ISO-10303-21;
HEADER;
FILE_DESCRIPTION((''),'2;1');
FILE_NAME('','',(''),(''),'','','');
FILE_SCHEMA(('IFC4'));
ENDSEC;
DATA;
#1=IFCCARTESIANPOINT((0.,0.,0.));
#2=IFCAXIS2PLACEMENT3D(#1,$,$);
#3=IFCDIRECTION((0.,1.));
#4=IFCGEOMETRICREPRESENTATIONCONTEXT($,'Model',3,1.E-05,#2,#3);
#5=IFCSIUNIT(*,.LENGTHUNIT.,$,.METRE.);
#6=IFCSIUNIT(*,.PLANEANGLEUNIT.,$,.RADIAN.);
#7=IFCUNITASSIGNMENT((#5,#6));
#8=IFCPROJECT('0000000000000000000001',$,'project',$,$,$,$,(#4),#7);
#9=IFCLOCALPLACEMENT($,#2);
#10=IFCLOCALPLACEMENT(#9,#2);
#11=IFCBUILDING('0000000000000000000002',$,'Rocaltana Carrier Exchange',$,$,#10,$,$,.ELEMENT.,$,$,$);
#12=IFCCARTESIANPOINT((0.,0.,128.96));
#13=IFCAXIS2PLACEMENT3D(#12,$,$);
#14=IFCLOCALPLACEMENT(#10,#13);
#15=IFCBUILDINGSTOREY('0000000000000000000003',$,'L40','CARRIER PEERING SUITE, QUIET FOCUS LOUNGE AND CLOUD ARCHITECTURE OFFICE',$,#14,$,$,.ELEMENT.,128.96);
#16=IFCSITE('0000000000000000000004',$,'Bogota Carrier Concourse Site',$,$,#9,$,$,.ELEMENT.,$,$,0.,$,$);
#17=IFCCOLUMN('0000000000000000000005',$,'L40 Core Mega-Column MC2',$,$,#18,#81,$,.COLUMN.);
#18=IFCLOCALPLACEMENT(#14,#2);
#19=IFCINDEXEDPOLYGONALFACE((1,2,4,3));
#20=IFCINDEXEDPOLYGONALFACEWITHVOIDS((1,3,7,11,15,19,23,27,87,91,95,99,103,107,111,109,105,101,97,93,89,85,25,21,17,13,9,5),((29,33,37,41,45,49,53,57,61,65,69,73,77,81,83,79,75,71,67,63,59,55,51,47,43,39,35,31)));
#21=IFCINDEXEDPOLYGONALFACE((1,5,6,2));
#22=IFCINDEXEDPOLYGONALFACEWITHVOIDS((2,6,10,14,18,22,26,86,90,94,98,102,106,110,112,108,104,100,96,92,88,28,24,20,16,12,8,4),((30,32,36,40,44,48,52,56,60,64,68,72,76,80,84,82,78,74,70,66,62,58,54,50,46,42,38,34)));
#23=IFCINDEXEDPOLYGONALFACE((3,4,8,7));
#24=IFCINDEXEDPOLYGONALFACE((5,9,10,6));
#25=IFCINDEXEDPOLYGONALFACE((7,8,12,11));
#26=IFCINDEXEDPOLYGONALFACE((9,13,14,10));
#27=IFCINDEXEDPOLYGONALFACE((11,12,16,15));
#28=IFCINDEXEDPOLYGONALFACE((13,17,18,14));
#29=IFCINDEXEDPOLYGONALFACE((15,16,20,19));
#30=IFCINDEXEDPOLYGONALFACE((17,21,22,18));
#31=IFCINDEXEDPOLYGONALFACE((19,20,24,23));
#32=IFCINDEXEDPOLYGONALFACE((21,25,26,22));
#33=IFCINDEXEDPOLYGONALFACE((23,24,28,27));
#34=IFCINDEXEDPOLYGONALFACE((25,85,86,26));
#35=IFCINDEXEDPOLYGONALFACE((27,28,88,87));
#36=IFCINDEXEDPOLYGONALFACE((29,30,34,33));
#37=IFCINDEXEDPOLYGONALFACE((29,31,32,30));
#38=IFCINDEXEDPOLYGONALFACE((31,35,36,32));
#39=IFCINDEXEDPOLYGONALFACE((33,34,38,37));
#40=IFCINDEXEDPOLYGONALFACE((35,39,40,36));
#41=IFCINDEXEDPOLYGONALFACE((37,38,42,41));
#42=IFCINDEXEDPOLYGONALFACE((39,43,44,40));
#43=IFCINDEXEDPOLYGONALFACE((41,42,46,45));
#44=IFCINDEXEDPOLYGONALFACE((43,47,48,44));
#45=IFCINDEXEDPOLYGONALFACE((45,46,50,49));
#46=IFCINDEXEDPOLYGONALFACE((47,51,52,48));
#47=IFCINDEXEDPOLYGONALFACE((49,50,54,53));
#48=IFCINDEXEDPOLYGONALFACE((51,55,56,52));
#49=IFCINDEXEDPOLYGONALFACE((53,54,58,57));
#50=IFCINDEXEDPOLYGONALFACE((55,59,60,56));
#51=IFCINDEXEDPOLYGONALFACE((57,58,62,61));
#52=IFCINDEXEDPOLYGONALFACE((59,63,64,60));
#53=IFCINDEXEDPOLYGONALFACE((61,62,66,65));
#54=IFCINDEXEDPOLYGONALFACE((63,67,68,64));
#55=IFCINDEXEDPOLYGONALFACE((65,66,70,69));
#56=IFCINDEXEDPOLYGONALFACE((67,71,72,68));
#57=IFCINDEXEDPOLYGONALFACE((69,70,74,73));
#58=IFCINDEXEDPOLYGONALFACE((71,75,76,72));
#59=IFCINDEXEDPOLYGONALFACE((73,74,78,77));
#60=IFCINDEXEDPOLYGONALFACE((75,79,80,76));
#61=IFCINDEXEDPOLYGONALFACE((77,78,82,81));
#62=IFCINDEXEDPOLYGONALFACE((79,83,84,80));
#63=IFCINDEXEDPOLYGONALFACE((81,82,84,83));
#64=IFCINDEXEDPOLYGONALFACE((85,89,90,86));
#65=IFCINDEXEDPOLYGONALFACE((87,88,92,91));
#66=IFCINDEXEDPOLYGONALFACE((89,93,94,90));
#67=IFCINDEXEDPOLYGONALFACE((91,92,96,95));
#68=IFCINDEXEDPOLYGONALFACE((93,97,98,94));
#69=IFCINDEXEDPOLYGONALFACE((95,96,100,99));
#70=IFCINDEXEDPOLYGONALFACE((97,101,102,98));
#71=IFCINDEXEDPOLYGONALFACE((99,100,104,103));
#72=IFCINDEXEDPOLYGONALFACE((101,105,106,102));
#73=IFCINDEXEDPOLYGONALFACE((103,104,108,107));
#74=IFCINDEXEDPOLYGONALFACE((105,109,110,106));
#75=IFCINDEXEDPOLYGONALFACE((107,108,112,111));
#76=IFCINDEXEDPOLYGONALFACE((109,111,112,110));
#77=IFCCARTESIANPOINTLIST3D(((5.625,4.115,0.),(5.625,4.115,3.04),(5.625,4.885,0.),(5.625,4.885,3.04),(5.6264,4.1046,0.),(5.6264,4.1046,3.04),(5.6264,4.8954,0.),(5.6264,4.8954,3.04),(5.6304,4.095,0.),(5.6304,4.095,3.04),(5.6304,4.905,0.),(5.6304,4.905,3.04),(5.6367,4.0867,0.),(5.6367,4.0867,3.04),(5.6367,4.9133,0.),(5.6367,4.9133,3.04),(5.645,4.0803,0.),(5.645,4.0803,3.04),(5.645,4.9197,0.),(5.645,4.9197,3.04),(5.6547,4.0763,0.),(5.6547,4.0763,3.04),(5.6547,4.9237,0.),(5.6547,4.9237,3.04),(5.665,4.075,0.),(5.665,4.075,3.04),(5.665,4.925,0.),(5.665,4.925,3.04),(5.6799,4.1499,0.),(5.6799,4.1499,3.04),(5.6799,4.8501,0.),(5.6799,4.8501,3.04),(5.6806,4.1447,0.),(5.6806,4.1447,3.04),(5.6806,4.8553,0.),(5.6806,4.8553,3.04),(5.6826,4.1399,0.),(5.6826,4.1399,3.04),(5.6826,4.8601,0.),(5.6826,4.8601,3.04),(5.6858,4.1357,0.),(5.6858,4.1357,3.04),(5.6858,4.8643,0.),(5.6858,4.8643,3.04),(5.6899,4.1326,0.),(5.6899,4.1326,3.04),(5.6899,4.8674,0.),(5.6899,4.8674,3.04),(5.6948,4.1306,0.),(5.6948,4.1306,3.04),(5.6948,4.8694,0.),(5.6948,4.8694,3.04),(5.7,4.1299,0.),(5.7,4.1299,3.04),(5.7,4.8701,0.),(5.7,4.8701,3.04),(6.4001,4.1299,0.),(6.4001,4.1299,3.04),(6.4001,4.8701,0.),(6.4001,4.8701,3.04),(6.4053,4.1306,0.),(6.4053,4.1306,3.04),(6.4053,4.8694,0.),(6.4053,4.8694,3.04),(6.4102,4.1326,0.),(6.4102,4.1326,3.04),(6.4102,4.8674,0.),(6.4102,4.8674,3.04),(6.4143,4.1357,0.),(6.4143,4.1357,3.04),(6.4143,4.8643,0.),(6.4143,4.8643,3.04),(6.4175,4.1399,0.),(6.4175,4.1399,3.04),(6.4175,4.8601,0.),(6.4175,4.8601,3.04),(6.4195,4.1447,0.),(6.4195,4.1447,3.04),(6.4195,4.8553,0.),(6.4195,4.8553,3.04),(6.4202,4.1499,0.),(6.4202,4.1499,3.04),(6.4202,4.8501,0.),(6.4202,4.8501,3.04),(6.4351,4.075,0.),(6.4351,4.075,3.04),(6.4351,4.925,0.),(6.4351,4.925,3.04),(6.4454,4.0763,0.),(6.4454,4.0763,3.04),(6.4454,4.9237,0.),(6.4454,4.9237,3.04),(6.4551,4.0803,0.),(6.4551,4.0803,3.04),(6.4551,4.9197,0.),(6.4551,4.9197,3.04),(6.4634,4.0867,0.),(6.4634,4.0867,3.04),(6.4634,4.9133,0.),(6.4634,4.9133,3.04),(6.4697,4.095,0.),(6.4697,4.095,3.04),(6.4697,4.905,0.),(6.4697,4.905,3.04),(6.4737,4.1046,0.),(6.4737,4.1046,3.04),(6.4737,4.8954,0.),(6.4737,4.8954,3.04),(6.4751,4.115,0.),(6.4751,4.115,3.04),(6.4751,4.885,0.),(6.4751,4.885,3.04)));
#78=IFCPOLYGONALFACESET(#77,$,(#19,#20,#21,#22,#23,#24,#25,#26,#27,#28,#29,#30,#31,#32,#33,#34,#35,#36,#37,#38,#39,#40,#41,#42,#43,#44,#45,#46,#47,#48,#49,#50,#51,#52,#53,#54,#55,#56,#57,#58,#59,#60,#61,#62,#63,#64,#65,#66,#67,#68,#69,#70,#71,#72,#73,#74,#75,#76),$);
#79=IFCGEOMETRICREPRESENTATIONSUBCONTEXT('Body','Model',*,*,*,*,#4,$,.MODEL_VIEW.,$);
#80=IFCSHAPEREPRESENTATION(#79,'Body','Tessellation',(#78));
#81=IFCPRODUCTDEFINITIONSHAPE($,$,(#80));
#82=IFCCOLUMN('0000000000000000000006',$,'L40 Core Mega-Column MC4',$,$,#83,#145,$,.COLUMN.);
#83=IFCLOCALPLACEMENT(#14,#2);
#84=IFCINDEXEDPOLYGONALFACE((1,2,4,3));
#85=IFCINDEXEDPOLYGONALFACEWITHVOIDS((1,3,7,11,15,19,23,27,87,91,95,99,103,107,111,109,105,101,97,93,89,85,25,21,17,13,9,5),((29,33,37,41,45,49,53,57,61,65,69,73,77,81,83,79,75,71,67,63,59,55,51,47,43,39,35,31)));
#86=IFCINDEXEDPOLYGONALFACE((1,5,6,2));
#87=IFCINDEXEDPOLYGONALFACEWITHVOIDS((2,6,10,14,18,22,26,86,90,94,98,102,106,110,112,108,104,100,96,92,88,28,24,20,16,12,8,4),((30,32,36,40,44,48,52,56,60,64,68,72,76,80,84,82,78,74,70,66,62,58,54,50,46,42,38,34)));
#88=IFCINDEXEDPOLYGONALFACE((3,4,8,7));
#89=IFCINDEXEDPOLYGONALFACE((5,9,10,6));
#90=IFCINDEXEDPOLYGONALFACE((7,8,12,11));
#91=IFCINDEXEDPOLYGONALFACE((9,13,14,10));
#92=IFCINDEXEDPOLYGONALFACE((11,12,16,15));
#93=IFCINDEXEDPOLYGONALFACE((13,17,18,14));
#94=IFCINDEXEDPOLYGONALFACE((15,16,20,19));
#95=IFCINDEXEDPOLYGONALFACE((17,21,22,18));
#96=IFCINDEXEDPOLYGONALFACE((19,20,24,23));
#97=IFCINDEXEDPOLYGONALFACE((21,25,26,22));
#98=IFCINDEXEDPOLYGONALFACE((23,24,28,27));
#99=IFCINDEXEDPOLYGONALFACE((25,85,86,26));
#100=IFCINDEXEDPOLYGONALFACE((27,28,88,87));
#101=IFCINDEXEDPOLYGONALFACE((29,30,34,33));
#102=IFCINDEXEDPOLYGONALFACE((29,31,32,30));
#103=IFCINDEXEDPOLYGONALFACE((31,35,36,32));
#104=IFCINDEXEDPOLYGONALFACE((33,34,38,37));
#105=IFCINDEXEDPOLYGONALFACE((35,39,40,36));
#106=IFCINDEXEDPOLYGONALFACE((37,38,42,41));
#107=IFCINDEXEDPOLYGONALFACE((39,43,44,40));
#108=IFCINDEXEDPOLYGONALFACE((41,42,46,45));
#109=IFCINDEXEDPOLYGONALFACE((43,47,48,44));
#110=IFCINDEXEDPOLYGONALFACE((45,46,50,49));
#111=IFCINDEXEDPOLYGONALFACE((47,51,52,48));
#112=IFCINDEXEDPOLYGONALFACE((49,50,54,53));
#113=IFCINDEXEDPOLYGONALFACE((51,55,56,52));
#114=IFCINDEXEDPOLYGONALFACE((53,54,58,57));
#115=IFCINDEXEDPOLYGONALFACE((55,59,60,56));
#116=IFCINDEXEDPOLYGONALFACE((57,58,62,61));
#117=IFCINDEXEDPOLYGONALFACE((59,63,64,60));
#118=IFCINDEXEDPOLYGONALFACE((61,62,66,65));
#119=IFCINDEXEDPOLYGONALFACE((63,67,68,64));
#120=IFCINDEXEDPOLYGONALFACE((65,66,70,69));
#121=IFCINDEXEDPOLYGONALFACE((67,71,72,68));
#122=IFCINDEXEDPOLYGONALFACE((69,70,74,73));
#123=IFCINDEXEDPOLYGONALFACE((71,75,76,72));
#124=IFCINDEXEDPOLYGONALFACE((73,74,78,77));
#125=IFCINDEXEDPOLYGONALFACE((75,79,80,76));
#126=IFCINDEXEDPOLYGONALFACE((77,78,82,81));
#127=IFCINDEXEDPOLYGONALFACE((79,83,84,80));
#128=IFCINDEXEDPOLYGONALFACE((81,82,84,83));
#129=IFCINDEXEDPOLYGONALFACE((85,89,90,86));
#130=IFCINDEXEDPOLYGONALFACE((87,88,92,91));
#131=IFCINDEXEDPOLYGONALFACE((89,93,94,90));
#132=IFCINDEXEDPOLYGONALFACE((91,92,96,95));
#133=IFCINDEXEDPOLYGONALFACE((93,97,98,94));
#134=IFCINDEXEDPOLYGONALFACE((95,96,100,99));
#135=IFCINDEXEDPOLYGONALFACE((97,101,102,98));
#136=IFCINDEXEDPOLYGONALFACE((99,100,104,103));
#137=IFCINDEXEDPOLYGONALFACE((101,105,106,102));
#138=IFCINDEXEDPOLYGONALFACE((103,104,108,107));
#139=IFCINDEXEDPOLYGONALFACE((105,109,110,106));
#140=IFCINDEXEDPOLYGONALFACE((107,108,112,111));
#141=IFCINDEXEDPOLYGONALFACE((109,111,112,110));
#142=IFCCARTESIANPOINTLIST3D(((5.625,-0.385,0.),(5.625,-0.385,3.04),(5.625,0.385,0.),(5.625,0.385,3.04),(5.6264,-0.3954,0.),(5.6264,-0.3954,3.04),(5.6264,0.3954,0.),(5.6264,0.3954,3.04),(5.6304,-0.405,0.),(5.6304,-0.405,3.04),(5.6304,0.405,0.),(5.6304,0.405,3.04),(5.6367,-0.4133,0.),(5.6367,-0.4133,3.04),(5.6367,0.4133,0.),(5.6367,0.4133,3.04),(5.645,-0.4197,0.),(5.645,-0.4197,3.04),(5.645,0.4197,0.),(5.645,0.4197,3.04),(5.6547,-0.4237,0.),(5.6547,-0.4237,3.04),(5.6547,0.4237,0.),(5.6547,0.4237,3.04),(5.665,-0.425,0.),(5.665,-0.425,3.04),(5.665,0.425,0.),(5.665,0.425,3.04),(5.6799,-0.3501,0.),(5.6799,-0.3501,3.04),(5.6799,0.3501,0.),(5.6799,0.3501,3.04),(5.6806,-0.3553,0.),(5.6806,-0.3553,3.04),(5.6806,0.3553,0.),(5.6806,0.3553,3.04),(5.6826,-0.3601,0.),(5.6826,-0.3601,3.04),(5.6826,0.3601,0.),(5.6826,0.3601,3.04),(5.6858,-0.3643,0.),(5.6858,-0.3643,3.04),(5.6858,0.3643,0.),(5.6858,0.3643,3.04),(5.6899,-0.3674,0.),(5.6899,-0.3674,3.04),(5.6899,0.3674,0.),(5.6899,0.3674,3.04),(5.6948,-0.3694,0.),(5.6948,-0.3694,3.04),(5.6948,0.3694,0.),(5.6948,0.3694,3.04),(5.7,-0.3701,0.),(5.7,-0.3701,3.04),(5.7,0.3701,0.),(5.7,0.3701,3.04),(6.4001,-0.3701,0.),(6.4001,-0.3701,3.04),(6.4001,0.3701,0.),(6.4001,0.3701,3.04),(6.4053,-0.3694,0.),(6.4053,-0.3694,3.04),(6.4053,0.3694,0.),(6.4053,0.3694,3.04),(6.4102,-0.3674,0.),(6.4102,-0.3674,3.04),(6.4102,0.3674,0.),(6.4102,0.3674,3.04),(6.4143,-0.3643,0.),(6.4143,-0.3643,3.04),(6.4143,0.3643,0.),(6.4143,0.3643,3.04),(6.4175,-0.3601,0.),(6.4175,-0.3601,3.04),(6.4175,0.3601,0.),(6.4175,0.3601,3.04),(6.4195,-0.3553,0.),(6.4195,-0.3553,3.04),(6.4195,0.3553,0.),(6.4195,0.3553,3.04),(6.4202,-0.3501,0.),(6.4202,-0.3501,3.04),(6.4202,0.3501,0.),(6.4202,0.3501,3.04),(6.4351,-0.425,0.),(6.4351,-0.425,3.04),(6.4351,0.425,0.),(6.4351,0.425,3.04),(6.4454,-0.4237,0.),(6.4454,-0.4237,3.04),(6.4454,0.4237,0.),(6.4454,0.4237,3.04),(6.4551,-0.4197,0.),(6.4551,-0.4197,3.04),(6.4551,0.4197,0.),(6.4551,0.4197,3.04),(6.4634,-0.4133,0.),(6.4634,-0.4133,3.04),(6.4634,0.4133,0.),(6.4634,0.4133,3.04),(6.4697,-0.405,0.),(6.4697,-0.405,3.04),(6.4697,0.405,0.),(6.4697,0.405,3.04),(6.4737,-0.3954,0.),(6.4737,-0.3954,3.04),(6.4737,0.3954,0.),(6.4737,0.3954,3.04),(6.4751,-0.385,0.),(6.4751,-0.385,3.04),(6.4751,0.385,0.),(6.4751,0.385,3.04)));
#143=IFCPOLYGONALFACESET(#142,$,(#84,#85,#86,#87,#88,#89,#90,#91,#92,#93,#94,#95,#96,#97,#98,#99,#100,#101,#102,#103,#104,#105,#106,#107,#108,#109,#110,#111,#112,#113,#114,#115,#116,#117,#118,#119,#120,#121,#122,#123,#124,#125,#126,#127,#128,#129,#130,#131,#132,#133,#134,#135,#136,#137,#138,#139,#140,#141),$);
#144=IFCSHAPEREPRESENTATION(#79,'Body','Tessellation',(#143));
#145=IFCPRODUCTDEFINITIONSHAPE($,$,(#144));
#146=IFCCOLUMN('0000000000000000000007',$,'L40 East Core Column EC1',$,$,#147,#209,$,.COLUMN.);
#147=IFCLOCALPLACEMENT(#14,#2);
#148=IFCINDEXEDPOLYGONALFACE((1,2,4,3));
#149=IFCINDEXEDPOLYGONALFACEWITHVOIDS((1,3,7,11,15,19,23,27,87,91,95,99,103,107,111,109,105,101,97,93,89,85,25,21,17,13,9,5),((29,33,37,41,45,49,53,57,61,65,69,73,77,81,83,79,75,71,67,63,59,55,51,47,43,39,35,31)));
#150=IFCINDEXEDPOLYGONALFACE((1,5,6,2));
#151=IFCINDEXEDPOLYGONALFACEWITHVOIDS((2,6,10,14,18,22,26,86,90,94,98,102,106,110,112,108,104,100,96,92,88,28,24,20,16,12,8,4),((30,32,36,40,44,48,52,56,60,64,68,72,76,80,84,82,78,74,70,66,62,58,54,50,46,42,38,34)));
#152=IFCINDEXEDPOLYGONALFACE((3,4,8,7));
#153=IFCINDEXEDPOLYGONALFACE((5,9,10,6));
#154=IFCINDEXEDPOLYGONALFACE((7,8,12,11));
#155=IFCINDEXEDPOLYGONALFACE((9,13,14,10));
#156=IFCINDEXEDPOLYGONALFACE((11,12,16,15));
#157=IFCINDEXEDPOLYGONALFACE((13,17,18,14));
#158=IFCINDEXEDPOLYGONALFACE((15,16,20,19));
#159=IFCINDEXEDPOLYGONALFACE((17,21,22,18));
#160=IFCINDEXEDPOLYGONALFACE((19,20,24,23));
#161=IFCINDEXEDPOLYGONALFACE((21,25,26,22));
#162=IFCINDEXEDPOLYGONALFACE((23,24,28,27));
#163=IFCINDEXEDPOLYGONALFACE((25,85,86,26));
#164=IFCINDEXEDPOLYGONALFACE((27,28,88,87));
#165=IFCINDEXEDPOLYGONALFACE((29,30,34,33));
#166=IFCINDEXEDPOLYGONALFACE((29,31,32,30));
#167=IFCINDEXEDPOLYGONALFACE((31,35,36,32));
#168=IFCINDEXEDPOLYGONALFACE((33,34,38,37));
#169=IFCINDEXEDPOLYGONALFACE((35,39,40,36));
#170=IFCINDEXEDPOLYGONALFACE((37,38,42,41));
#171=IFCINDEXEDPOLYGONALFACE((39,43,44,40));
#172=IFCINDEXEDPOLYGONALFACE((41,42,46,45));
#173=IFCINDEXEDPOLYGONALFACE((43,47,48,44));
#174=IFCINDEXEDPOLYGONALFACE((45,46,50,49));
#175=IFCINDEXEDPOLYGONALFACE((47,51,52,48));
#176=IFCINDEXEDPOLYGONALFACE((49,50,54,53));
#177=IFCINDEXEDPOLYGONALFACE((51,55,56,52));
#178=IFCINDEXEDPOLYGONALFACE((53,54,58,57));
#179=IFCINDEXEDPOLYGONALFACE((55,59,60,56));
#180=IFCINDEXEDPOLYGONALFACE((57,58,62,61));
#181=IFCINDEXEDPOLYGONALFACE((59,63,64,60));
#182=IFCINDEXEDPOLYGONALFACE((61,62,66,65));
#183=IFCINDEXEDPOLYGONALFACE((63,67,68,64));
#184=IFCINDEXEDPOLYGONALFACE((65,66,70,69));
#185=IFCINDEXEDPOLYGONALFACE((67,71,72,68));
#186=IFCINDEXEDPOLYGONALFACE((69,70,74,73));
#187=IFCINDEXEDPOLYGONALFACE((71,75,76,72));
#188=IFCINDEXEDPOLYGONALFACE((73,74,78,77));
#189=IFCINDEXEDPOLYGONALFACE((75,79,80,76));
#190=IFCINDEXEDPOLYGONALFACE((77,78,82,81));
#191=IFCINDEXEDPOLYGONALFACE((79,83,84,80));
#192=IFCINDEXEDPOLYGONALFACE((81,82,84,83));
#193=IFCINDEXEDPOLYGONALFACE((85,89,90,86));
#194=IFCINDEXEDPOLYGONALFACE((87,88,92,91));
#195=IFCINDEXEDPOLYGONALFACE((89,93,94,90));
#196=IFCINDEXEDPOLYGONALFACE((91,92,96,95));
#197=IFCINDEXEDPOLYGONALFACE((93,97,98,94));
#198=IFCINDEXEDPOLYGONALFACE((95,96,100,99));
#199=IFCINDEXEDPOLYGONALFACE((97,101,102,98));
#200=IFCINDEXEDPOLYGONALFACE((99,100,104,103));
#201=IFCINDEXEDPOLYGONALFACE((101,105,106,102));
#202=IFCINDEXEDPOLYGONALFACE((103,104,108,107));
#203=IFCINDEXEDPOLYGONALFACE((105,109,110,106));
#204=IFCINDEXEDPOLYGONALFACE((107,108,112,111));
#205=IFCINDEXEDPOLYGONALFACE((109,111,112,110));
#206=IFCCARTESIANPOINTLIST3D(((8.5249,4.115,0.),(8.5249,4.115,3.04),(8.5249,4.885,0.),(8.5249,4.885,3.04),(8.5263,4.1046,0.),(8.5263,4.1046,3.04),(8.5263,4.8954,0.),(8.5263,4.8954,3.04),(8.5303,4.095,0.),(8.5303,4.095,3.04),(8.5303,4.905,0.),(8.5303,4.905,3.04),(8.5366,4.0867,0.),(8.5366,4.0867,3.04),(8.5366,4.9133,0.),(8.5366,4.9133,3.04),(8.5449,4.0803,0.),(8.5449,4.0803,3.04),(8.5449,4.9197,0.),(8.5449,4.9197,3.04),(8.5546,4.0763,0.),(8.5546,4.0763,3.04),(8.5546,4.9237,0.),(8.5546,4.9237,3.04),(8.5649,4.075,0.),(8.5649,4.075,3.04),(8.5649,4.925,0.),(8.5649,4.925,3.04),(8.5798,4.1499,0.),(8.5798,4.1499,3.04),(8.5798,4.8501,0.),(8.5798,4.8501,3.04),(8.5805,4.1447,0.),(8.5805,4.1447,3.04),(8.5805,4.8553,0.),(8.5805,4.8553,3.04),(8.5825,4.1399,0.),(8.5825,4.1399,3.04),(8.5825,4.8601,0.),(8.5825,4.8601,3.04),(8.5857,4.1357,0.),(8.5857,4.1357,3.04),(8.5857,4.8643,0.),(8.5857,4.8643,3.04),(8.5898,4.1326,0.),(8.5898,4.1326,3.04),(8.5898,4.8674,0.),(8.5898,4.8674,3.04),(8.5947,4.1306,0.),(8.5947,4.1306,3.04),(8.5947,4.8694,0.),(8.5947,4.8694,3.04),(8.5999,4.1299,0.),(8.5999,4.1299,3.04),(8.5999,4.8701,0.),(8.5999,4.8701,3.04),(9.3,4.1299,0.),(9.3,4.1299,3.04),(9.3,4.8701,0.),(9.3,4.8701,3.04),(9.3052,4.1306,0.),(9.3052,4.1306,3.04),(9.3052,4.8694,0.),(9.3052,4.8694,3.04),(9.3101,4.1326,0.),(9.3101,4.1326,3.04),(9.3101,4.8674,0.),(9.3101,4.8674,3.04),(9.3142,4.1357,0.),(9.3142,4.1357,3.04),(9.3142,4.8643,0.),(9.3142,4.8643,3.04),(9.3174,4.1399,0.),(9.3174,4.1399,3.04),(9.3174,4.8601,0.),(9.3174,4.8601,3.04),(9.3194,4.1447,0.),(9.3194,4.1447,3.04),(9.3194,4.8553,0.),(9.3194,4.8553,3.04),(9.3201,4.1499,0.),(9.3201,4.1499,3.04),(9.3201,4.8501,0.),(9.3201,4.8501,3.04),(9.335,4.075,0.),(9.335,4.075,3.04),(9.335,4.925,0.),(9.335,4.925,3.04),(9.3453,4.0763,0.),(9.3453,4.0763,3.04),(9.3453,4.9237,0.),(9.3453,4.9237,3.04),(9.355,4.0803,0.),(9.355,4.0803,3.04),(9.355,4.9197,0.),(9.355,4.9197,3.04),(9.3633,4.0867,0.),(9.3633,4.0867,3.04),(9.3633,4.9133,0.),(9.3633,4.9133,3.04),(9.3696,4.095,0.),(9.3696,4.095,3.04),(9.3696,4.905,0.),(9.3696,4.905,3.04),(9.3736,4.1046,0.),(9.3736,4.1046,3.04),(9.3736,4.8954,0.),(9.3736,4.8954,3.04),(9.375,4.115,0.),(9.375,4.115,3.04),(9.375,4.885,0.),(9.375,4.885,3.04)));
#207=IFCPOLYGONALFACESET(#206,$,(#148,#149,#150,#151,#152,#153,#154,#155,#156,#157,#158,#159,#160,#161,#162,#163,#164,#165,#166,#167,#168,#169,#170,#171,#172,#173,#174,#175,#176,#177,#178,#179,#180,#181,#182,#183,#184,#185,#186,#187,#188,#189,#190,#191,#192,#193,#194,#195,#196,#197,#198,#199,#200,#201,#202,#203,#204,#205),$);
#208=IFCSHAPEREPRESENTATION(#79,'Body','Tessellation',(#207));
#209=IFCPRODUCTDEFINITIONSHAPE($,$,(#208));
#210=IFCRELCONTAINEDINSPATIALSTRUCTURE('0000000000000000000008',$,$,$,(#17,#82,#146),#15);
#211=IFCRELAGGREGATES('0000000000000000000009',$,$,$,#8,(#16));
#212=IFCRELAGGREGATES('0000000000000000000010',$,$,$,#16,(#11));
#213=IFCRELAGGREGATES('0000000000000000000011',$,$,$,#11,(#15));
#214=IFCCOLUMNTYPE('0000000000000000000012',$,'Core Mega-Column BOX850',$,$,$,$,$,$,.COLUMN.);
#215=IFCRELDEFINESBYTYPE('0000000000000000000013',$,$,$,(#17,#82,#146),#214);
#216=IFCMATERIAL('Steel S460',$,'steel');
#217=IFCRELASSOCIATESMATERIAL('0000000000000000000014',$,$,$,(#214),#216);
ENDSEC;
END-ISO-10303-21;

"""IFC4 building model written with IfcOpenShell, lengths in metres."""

from ifc_helpers import new_model, si_unit, direction, frame, origin, origin_2d, place, context, subcontext, project, spatial, hollow_rectangle, extrude, material, material_profile, profile_set, type_object, element, save


model = new_model("IFC4")

# Units and contexts
model_context = context("Model", 3, precision=1e-05, world=origin(), true_north=direction((0.0, 1.0)))
body_context = subcontext(model_context, "Body", "Model", "MODEL_VIEW")
ifc_project = project(units=[si_unit("LENGTHUNIT", "METRE"), si_unit("PLANEANGLEUNIT", "RADIAN")], contexts=[model_context])

# Site, building, storey
site_placement = place(None, origin())
site = spatial("IfcSite", under=ifc_project, at=site_placement, Name="Bogota Carrier Concourse Site", CompositionType="ELEMENT", RefElevation=0.0)
building_placement = place(site_placement, origin())
building = spatial("IfcBuilding", under=site, at=building_placement, Name="Rocaltana Carrier Exchange", CompositionType="ELEMENT")
storey_placement = place(building_placement, frame((0.0, 0.0, 128.96)))
storey = spatial("IfcBuildingStorey", under=building, at=storey_placement, Name="L40", Description="CARRIER PEERING SUITE, QUIET FOCUS LOUNGE AND CLOUD ARCHITECTURE OFFICE", CompositionType="ELEMENT", Elevation=128.96)

# Columns
ifc_material_1 = material(Name="Steel S460", Category="steel")
ifc_material_profile_1 = material_profile(ifc_material_1, hollow_rectangle(XDim=0.8501, YDim=0.8501, WallThickness=0.0549, InnerFilletRadius=0.02, OuterFilletRadius=0.04, at=origin_2d()), Name="BOX850X850X55")
ifc_profile_set_1 = profile_set([ifc_material_profile_1], Name="Steel S460")
column_type = type_object("IfcColumnType", Name="Core Mega-Column BOX850", PredefinedType="COLUMN", material=ifc_profile_set_1)
for number, where, z_axis, x_axis, name in (
    (1, (6.05, 4.5, 0.0), (0.0, 0.0, 1.0), (1.0, 0.0, 0.0), "L40 Core Mega-Column MC2"),
    (2, (6.05, 0.0, 0.0), (0.0, 0.0, 1.0), (1.0, 0.0, 0.0), "L40 Core Mega-Column MC4"),
    (3, (8.95, 4.5, 0.0), (0.0, 0.0, 1.0), (1.0, 0.0, 0.0), "L40 East Core Column EC1"),
):
    element("IfcColumn", number, at=place(storey_placement, frame(where, z_axis=z_axis, x_axis=x_axis)), inside=storey, type_object=column_type, Name=name, PredefinedType="COLUMN", context=body_context, shape_type="SweptSolid", body=[
        extrude(hollow_rectangle(XDim=0.8501, YDim=0.8501, WallThickness=0.0549, InnerFilletRadius=0.02, OuterFilletRadius=0.04, at=origin_2d()), origin(), (0.0, 0.0, 1.0), 3.04),
    ])

save(model, "model.ifc")
